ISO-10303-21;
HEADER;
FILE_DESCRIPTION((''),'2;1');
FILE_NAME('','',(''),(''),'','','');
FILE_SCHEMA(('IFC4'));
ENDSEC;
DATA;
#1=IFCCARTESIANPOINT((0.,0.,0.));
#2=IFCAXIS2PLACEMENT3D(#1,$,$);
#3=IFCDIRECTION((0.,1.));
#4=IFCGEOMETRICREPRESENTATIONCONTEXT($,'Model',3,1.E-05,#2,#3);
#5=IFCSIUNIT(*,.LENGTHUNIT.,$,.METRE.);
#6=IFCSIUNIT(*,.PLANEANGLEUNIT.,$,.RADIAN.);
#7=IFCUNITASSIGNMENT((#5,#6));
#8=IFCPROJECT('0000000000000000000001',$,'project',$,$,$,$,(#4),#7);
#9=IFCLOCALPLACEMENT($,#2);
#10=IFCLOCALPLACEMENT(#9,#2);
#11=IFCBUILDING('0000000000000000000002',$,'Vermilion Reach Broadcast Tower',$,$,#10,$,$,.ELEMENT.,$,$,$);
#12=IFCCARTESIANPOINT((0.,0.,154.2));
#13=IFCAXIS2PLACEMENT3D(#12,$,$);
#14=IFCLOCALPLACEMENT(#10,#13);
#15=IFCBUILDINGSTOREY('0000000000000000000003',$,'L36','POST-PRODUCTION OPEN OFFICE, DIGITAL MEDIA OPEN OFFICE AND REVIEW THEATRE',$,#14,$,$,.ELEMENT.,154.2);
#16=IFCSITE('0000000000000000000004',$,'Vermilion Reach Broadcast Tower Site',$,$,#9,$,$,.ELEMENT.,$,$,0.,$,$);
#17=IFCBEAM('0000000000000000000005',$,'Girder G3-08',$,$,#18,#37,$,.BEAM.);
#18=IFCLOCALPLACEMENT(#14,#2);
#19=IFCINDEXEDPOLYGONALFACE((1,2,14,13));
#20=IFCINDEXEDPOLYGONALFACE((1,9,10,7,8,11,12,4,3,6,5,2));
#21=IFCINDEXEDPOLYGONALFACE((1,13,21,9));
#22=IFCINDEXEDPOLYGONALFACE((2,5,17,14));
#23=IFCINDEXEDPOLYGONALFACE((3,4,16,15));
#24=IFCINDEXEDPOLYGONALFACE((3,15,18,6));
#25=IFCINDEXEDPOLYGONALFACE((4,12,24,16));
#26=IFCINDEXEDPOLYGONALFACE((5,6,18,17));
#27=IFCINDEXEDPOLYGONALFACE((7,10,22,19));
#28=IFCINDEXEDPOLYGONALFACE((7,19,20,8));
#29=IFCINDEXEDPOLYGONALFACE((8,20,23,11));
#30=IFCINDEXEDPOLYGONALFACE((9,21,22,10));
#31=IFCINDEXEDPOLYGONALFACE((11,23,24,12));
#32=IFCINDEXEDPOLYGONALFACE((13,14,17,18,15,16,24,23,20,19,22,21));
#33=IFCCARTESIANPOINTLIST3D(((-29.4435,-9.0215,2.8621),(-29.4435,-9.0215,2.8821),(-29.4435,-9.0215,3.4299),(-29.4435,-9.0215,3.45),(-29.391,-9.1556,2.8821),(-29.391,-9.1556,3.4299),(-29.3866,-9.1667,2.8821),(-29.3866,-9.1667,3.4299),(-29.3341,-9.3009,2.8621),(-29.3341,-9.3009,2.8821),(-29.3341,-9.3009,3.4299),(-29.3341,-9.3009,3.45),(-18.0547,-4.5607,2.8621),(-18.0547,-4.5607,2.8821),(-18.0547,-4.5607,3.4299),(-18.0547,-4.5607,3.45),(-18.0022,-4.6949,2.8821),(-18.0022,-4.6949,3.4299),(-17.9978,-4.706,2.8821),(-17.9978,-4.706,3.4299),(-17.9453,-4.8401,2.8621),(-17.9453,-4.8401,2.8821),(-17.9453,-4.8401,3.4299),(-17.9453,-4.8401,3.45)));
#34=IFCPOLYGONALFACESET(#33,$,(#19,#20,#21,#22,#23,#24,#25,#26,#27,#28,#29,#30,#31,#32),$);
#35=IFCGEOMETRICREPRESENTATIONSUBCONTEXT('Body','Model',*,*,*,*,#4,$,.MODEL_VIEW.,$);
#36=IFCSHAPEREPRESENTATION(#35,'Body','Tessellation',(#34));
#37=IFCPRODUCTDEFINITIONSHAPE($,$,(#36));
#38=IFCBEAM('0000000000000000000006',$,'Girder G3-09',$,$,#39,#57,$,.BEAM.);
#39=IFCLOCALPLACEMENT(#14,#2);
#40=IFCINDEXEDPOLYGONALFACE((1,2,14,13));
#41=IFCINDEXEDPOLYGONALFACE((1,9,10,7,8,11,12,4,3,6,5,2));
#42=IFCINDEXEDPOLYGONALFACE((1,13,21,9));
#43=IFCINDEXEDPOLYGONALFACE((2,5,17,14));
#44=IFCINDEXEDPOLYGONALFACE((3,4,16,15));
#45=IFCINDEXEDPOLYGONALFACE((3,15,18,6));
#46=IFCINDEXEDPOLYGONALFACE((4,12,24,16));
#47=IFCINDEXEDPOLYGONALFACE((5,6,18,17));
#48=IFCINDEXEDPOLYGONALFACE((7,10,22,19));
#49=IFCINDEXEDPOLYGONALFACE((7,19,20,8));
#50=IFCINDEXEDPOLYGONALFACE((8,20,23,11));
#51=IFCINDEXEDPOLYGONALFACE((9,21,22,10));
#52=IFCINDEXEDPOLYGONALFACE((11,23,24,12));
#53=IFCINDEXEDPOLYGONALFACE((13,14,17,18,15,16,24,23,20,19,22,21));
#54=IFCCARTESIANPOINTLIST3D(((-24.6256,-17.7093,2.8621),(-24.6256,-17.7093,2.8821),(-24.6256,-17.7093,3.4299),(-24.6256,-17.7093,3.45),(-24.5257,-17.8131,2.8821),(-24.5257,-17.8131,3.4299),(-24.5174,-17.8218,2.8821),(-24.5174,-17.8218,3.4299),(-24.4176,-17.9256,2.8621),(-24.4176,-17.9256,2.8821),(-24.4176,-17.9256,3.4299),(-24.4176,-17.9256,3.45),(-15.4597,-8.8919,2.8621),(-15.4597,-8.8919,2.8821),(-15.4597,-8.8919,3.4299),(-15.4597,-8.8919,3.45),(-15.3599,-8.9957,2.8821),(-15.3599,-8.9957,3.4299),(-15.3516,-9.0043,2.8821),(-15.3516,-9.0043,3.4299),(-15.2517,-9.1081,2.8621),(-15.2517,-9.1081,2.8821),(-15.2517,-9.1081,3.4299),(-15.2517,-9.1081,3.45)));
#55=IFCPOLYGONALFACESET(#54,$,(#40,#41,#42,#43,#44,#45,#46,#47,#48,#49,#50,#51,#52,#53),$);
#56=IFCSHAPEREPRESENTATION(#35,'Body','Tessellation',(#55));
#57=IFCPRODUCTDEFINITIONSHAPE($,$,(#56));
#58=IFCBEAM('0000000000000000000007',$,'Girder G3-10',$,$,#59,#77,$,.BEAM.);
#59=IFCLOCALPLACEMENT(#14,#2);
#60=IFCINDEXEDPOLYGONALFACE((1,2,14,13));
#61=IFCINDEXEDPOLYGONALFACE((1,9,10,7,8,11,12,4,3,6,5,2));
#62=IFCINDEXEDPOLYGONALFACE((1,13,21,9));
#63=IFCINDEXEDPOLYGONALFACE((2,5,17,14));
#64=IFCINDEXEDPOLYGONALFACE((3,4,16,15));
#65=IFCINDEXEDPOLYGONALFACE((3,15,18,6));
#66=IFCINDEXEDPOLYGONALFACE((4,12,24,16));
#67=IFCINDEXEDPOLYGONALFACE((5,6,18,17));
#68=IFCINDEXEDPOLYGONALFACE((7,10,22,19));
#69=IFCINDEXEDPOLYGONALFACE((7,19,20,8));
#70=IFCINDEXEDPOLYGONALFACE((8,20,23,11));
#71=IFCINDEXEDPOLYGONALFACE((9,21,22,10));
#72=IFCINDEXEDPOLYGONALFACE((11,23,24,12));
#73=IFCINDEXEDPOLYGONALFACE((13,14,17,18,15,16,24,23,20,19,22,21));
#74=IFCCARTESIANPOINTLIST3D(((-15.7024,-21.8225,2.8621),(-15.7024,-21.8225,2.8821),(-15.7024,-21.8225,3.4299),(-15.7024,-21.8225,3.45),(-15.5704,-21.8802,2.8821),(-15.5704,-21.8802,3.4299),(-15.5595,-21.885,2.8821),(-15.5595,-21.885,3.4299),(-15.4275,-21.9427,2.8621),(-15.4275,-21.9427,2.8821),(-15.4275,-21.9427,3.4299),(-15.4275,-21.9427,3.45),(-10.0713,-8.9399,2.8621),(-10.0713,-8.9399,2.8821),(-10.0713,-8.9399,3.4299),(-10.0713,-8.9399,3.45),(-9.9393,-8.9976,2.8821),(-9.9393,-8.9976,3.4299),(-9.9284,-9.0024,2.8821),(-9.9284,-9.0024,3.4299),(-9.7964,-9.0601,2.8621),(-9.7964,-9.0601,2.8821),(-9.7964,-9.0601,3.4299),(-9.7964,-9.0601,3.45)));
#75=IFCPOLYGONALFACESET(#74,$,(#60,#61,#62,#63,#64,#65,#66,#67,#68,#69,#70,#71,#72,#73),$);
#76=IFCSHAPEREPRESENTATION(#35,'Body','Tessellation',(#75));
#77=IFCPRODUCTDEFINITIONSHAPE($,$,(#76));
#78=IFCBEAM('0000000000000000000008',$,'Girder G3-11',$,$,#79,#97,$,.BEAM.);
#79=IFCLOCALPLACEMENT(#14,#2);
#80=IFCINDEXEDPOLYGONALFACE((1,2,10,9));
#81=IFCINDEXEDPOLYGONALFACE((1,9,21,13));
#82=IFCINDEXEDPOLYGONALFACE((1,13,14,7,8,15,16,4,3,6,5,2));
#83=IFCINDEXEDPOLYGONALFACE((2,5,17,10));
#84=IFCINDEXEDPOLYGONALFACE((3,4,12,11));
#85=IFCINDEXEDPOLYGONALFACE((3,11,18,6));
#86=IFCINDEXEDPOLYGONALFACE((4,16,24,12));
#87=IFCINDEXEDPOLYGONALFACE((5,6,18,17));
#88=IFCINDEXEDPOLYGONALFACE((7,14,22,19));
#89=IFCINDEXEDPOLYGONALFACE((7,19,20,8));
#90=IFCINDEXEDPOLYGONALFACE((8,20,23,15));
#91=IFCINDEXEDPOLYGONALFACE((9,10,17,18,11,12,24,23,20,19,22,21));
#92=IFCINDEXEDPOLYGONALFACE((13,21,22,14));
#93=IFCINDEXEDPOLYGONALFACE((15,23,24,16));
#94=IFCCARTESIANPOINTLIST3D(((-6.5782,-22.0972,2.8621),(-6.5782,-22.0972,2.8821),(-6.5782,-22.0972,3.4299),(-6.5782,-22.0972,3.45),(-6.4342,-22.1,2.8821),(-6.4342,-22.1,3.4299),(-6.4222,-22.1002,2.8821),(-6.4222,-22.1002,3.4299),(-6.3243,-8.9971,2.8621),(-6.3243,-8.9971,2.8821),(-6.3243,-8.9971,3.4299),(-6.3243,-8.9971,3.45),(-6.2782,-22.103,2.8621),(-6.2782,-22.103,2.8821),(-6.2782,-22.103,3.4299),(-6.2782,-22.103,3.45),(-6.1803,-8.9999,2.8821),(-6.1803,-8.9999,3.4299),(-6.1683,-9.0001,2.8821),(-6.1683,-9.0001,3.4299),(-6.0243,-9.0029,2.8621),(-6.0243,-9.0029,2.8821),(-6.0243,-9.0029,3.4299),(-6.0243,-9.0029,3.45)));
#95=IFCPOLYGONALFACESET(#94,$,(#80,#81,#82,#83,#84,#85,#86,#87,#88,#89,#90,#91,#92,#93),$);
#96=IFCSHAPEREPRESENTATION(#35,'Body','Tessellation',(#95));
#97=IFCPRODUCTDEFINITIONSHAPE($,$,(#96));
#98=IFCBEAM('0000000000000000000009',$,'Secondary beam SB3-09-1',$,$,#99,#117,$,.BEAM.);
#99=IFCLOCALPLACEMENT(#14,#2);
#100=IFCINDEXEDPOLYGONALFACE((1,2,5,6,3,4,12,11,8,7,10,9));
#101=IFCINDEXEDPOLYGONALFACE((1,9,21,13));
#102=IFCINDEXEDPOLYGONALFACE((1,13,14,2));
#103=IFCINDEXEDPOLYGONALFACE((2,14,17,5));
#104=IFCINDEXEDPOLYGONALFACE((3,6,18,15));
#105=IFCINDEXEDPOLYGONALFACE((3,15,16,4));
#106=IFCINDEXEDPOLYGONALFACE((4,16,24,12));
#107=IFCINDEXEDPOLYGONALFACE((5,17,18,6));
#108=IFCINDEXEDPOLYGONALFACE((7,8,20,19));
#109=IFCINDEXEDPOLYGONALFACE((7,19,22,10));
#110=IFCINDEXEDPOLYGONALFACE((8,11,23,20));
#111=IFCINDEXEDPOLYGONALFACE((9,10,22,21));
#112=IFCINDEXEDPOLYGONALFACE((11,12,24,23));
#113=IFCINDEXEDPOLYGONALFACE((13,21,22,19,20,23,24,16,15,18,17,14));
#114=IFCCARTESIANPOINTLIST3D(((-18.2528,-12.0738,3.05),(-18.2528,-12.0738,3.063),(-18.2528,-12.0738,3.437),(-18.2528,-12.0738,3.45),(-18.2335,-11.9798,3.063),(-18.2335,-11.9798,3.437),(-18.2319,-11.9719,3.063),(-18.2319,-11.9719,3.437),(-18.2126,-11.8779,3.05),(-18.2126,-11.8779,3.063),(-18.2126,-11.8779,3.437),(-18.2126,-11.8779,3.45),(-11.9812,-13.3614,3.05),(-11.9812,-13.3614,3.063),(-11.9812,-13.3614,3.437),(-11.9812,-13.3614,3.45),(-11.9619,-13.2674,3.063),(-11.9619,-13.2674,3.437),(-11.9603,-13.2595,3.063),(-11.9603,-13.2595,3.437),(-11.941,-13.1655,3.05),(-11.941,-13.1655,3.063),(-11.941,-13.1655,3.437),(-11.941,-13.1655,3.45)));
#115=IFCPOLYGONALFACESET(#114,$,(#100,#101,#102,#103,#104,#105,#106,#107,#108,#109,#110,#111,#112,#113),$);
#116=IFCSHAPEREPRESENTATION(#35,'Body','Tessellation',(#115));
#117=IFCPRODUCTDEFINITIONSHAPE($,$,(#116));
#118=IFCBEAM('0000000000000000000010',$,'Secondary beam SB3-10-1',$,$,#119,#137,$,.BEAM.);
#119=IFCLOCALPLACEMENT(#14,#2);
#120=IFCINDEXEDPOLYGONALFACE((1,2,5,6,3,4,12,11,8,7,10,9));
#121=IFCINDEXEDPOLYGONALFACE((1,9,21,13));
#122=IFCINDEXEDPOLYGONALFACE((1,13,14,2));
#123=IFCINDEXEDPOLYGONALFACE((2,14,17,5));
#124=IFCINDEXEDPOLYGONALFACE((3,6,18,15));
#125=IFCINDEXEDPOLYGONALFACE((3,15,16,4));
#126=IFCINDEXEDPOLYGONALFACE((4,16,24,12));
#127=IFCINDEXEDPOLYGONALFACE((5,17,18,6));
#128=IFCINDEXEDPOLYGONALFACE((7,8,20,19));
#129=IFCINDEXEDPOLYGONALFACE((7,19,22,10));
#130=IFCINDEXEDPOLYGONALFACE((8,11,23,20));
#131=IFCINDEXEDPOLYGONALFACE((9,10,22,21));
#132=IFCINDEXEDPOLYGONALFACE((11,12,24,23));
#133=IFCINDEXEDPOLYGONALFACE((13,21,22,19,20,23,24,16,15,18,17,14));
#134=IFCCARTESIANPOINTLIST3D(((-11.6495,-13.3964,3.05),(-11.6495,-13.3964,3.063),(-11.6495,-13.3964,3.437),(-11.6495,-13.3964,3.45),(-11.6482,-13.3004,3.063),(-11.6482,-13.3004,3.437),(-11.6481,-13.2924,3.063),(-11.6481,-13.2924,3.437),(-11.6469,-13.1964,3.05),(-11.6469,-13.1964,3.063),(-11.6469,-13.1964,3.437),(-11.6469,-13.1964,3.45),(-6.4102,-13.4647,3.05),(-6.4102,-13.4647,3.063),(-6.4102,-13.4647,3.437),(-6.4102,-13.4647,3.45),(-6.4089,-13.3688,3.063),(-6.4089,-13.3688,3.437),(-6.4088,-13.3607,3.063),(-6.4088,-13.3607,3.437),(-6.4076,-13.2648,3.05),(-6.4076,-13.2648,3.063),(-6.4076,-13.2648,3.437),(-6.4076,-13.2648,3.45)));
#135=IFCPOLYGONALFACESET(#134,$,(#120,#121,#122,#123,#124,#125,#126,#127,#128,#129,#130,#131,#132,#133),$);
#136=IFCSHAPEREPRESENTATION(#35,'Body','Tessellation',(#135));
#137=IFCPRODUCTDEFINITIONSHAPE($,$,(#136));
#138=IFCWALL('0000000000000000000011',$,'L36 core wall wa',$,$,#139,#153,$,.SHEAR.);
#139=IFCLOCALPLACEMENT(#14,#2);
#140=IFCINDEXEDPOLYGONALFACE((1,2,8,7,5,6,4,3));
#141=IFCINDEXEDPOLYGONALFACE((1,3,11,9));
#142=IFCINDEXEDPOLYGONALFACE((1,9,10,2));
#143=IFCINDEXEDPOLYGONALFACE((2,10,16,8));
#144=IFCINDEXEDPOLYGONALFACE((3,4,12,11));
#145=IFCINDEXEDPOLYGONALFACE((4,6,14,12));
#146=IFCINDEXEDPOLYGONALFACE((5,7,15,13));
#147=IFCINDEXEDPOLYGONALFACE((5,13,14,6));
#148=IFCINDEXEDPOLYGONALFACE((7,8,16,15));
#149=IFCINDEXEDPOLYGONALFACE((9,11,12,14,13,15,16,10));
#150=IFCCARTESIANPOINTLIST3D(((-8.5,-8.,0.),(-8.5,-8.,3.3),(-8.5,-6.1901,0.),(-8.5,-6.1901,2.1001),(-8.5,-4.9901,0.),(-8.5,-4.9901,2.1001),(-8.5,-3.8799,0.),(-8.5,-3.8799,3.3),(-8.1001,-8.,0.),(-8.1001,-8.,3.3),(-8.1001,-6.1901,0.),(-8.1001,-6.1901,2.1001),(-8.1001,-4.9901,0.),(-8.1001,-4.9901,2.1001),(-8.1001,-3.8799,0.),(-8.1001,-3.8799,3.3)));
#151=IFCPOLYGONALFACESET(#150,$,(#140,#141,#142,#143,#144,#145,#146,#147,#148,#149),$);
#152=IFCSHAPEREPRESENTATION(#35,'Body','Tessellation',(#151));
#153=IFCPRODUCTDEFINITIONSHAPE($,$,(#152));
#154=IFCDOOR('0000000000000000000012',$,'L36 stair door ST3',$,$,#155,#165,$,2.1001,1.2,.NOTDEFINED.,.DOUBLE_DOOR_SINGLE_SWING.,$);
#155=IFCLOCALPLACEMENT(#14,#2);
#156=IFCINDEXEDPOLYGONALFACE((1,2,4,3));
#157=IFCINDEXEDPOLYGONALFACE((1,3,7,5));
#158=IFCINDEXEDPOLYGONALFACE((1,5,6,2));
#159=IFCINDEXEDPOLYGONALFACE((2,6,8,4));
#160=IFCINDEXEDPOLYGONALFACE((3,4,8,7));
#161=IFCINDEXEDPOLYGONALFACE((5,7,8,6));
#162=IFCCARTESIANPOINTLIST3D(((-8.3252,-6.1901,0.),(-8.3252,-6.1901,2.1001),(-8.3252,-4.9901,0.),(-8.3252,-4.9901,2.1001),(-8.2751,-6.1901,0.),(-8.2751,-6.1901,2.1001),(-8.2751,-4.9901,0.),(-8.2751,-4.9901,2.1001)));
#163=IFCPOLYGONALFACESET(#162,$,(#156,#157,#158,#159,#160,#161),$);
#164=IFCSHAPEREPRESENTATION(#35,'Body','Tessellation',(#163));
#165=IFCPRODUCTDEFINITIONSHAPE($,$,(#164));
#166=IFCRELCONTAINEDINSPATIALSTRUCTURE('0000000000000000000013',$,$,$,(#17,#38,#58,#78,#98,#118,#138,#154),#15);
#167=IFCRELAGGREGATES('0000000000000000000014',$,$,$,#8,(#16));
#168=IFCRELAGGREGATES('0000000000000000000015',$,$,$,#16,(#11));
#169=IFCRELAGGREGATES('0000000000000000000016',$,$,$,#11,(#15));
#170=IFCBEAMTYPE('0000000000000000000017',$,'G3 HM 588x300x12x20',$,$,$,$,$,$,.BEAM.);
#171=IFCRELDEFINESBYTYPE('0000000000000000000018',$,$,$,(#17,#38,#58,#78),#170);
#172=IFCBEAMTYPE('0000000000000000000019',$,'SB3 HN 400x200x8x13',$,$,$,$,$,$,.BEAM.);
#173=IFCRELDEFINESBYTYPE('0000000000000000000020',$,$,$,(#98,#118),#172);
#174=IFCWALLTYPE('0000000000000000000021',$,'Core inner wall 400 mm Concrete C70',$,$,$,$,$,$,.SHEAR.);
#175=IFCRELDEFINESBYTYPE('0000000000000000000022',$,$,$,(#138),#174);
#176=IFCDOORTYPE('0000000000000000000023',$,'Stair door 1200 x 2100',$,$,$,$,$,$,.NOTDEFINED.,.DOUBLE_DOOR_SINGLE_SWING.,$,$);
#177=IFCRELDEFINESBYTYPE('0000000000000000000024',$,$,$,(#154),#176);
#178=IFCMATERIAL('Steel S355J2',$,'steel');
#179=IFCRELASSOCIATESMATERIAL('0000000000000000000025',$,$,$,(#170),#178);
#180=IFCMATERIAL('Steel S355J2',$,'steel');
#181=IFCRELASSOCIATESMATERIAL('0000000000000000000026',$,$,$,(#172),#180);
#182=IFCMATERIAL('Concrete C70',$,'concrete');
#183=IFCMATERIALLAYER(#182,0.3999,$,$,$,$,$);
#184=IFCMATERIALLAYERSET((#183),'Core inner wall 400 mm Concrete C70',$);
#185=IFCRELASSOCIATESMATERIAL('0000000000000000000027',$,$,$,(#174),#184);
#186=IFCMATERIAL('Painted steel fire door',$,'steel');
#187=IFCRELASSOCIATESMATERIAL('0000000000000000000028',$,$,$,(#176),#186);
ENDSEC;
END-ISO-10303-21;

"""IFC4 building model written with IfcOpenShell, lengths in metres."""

from ifc_helpers import new_model, si_unit, direction, frame, frame_2d, origin, origin_2d, place, context, subcontext, project, spatial, rectangle, i_section, extrude, material, layer, layer_set, material_profile, profile_set, type_object, element, fill, save


model = new_model("IFC4")

# Units and contexts
model_context = context("Model", 3, precision=1e-05, world=origin(), true_north=direction((0.0, 1.0)))
body_context = subcontext(model_context, "Body", "Model", "MODEL_VIEW")
ifc_project = project(units=[si_unit("LENGTHUNIT", "METRE"), si_unit("PLANEANGLEUNIT", "RADIAN")], contexts=[model_context])

# Site, building, storey
site_placement = place(None, origin())
site = spatial("IfcSite", under=ifc_project, at=site_placement, Name="Vermilion Reach Broadcast Tower Site", CompositionType="ELEMENT", RefElevation=0.0)
building_placement = place(site_placement, origin())
building = spatial("IfcBuilding", under=site, at=building_placement, Name="Vermilion Reach Broadcast Tower", CompositionType="ELEMENT")
storey_placement = place(building_placement, frame((0.0, 0.0, 154.2)))
storey = spatial("IfcBuildingStorey", under=building, at=storey_placement, Name="L36", Description="POST-PRODUCTION OPEN OFFICE, DIGITAL MEDIA OPEN OFFICE AND REVIEW THEATRE", CompositionType="ELEMENT", Elevation=154.2)

# Beams
ifc_material_1 = material(Name="Steel S355J2", Category="steel")
ifc_material_profile_1 = material_profile(ifc_material_1, i_section(OverallWidth=0.3, OverallDepth=0.5879, WebThickness=0.012, FlangeThickness=0.02, at=origin_2d()), Name="S355J2 HM 588x300x12x20")
ifc_profile_set_1 = profile_set([ifc_material_profile_1], Name="Steel S355J2")
beam_type_1 = type_object("IfcBeamType", Name="G3 HM 588x300x12x20", PredefinedType="BEAM", material=ifc_profile_set_1)
beam_1_placement = place(storey_placement, frame((-18.0, -4.7004, 3.156), z_axis=(-0.931125, -0.364701, 0.0), x_axis=(0.364701, -0.931125, 0.0)))
element("IfcBeam", 1, at=beam_1_placement, inside=storey, type_object=beam_type_1, Name="Girder G3-08", PredefinedType="BEAM", context=body_context, shape_type="SweptSolid", body=[
    extrude(i_section(OverallWidth=0.3, OverallDepth=0.5879, WebThickness=0.012, FlangeThickness=0.02, at=origin_2d()), origin(), (0.0, 0.0, 1.0), 12.2312),
])
beam_2_placement = place(storey_placement, frame((-15.3557, -9.0, 3.156), z_axis=(-0.72067, -0.693278, 0.0), x_axis=(0.693278, -0.72067, 0.0)))
element("IfcBeam", 2, at=beam_2_placement, inside=storey, type_object=beam_type_1, Name="Girder G3-09", PredefinedType="BEAM", context=body_context, shape_type="SweptSolid", body=[
    extrude(i_section(OverallWidth=0.3, OverallDepth=0.5879, WebThickness=0.012, FlangeThickness=0.02, at=origin_2d()), origin(), (0.0, 0.0, 1.0), 12.7185),
])
beam_3_placement = place(storey_placement, frame((-9.9338, -9.0, 3.156), z_axis=(-0.400519, -0.916288, 0.0), x_axis=(0.916288, -0.400519, 0.0)))
element("IfcBeam", 3, at=beam_3_placement, inside=storey, type_object=beam_type_1, Name="Girder G3-10", PredefinedType="BEAM", context=body_context, shape_type="SweptSolid", body=[
    extrude(i_section(OverallWidth=0.3, OverallDepth=0.5879, WebThickness=0.012, FlangeThickness=0.02, at=origin_2d()), origin(), (0.0, 0.0, 1.0), 14.0596),
])
beam_4_placement = place(storey_placement, frame((-6.1743, -9.0, 3.156), z_axis=(-0.019378, -0.999812, 0.0), x_axis=(0.999812, -0.019378, 0.0)))
element("IfcBeam", 4, at=beam_4_placement, inside=storey, type_object=beam_type_1, Name="Girder G3-11", PredefinedType="BEAM", context=body_context, shape_type="SweptSolid", body=[
    extrude(i_section(OverallWidth=0.3, OverallDepth=0.5879, WebThickness=0.012, FlangeThickness=0.02, at=origin_2d()), origin(), (0.0, 0.0, 1.0), 13.1025),
])
ifc_material_2 = material(Name="Steel S355J2", Category="steel")
ifc_material_profile_2 = material_profile(ifc_material_2, i_section(OverallWidth=0.2, OverallDepth=0.3999, WebThickness=0.0081, FlangeThickness=0.0129, at=origin_2d()), Name="S355J2 HN 400x200x8x13")
ifc_profile_set_2 = profile_set([ifc_material_profile_2], Name="Steel S355J2")
beam_type_2 = type_object("IfcBeamType", Name="SB3 HN 400x200x8x13", PredefinedType="BEAM", material=ifc_profile_set_2)
beam_5_placement = place(storey_placement, frame((-18.2327, -11.9758, 3.25), z_axis=(0.979568, -0.201115, 0.0), x_axis=(0.201115, 0.979568, 0.0)))
element("IfcBeam", 5, at=beam_5_placement, inside=storey, type_object=beam_type_2, Name="Secondary beam SB3-09-1", PredefinedType="BEAM", context=body_context, shape_type="SweptSolid", body=[
    extrude(i_section(OverallWidth=0.2, OverallDepth=0.3999, WebThickness=0.0081, FlangeThickness=0.0129, at=origin_2d()), origin(), (0.0, 0.0, 1.0), 6.4023),
])
beam_6_placement = place(storey_placement, frame((-11.6482, -13.2964, 3.25), z_axis=(0.999915, -0.013046, 0.0), x_axis=(0.013046, 0.999915, 0.0)))
element("IfcBeam", 6, at=beam_6_placement, inside=storey, type_object=beam_type_2, Name="Secondary beam SB3-10-1", PredefinedType="BEAM", context=body_context, shape_type="SweptSolid", body=[
    extrude(i_section(OverallWidth=0.2, OverallDepth=0.3999, WebThickness=0.0081, FlangeThickness=0.0129, at=origin_2d()), origin(), (0.0, 0.0, 1.0), 5.2397),
])

# Wall, opening, door
ifc_material_3 = material(Name="Concrete C70", Category="concrete")
ifc_layer_1 = layer(ifc_material_3, 0.3999)
ifc_layer_set_1 = layer_set([ifc_layer_1], Name="Core inner wall 400 mm Concrete C70")
wall_type_1 = type_object("IfcWallType", Name="Core inner wall 400 mm Concrete C70", PredefinedType="SHEAR", material=ifc_layer_set_1)
wall_1_placement = place(storey_placement, frame((-8.3, -3.8799, 0.0), z_axis=(0.0, 0.0, 1.0), x_axis=(0.0, -1.0, 0.0)))
wall_1 = element("IfcWall", 7, at=wall_1_placement, inside=storey, type_object=wall_type_1, Name="L36 core wall wa", PredefinedType="SHEAR", context=body_context, shape_type="SweptSolid", body=[
    extrude(rectangle(XDim=4.1201, YDim=0.3999, at=frame_2d((2.0601, 0.0))), origin(), (0.0, 0.0, 1.0), 3.3),
])
opening_1_placement = place(wall_1_placement, frame((1.1101, 0.0, 0.0)))
opening_1 = element("IfcOpeningElement", 8, at=opening_1_placement, cuts=wall_1, PredefinedType="OPENING", context=body_context, shape_type="SweptSolid", body=[
    extrude(rectangle(XDim=1.2, YDim=2.1001, at=frame_2d((0.6001, 1.05))), frame((0.0, 0.21, 0.0), z_axis=(0.0, -1.0, 0.0), x_axis=(1.0, 0.0, 0.0)), (0.0, 0.0, 1.0), 0.4199),
])
ifc_material_4 = material(Name="Painted steel fire door", Category="steel")
door_type_1 = type_object("IfcDoorType", Name="Stair door 1200 x 2100", OperationType="DOUBLE_DOOR_SINGLE_SWING", PredefinedType="NOTDEFINED", material=ifc_material_4)
door_1_placement = place(opening_1_placement, origin())
door_1 = element("IfcDoor", 9, at=door_1_placement, inside=storey, type_object=door_type_1, Name="L36 stair door ST3", OperationType="DOUBLE_DOOR_SINGLE_SWING", OverallHeight=2.1001, OverallWidth=1.2, PredefinedType="NOTDEFINED", context=body_context, shape_type="SweptSolid", body=[
    extrude(rectangle(XDim=1.2, YDim=2.1001, at=frame_2d((0.6001, 1.05))), frame((0.0, 0.0249, 0.0), z_axis=(0.0, -1.0, 0.0), x_axis=(1.0, 0.0, 0.0)), (0.0, 0.0, 1.0), 0.05),
])
fill(opening_1, door_1)

save(model, "model.ifc")
